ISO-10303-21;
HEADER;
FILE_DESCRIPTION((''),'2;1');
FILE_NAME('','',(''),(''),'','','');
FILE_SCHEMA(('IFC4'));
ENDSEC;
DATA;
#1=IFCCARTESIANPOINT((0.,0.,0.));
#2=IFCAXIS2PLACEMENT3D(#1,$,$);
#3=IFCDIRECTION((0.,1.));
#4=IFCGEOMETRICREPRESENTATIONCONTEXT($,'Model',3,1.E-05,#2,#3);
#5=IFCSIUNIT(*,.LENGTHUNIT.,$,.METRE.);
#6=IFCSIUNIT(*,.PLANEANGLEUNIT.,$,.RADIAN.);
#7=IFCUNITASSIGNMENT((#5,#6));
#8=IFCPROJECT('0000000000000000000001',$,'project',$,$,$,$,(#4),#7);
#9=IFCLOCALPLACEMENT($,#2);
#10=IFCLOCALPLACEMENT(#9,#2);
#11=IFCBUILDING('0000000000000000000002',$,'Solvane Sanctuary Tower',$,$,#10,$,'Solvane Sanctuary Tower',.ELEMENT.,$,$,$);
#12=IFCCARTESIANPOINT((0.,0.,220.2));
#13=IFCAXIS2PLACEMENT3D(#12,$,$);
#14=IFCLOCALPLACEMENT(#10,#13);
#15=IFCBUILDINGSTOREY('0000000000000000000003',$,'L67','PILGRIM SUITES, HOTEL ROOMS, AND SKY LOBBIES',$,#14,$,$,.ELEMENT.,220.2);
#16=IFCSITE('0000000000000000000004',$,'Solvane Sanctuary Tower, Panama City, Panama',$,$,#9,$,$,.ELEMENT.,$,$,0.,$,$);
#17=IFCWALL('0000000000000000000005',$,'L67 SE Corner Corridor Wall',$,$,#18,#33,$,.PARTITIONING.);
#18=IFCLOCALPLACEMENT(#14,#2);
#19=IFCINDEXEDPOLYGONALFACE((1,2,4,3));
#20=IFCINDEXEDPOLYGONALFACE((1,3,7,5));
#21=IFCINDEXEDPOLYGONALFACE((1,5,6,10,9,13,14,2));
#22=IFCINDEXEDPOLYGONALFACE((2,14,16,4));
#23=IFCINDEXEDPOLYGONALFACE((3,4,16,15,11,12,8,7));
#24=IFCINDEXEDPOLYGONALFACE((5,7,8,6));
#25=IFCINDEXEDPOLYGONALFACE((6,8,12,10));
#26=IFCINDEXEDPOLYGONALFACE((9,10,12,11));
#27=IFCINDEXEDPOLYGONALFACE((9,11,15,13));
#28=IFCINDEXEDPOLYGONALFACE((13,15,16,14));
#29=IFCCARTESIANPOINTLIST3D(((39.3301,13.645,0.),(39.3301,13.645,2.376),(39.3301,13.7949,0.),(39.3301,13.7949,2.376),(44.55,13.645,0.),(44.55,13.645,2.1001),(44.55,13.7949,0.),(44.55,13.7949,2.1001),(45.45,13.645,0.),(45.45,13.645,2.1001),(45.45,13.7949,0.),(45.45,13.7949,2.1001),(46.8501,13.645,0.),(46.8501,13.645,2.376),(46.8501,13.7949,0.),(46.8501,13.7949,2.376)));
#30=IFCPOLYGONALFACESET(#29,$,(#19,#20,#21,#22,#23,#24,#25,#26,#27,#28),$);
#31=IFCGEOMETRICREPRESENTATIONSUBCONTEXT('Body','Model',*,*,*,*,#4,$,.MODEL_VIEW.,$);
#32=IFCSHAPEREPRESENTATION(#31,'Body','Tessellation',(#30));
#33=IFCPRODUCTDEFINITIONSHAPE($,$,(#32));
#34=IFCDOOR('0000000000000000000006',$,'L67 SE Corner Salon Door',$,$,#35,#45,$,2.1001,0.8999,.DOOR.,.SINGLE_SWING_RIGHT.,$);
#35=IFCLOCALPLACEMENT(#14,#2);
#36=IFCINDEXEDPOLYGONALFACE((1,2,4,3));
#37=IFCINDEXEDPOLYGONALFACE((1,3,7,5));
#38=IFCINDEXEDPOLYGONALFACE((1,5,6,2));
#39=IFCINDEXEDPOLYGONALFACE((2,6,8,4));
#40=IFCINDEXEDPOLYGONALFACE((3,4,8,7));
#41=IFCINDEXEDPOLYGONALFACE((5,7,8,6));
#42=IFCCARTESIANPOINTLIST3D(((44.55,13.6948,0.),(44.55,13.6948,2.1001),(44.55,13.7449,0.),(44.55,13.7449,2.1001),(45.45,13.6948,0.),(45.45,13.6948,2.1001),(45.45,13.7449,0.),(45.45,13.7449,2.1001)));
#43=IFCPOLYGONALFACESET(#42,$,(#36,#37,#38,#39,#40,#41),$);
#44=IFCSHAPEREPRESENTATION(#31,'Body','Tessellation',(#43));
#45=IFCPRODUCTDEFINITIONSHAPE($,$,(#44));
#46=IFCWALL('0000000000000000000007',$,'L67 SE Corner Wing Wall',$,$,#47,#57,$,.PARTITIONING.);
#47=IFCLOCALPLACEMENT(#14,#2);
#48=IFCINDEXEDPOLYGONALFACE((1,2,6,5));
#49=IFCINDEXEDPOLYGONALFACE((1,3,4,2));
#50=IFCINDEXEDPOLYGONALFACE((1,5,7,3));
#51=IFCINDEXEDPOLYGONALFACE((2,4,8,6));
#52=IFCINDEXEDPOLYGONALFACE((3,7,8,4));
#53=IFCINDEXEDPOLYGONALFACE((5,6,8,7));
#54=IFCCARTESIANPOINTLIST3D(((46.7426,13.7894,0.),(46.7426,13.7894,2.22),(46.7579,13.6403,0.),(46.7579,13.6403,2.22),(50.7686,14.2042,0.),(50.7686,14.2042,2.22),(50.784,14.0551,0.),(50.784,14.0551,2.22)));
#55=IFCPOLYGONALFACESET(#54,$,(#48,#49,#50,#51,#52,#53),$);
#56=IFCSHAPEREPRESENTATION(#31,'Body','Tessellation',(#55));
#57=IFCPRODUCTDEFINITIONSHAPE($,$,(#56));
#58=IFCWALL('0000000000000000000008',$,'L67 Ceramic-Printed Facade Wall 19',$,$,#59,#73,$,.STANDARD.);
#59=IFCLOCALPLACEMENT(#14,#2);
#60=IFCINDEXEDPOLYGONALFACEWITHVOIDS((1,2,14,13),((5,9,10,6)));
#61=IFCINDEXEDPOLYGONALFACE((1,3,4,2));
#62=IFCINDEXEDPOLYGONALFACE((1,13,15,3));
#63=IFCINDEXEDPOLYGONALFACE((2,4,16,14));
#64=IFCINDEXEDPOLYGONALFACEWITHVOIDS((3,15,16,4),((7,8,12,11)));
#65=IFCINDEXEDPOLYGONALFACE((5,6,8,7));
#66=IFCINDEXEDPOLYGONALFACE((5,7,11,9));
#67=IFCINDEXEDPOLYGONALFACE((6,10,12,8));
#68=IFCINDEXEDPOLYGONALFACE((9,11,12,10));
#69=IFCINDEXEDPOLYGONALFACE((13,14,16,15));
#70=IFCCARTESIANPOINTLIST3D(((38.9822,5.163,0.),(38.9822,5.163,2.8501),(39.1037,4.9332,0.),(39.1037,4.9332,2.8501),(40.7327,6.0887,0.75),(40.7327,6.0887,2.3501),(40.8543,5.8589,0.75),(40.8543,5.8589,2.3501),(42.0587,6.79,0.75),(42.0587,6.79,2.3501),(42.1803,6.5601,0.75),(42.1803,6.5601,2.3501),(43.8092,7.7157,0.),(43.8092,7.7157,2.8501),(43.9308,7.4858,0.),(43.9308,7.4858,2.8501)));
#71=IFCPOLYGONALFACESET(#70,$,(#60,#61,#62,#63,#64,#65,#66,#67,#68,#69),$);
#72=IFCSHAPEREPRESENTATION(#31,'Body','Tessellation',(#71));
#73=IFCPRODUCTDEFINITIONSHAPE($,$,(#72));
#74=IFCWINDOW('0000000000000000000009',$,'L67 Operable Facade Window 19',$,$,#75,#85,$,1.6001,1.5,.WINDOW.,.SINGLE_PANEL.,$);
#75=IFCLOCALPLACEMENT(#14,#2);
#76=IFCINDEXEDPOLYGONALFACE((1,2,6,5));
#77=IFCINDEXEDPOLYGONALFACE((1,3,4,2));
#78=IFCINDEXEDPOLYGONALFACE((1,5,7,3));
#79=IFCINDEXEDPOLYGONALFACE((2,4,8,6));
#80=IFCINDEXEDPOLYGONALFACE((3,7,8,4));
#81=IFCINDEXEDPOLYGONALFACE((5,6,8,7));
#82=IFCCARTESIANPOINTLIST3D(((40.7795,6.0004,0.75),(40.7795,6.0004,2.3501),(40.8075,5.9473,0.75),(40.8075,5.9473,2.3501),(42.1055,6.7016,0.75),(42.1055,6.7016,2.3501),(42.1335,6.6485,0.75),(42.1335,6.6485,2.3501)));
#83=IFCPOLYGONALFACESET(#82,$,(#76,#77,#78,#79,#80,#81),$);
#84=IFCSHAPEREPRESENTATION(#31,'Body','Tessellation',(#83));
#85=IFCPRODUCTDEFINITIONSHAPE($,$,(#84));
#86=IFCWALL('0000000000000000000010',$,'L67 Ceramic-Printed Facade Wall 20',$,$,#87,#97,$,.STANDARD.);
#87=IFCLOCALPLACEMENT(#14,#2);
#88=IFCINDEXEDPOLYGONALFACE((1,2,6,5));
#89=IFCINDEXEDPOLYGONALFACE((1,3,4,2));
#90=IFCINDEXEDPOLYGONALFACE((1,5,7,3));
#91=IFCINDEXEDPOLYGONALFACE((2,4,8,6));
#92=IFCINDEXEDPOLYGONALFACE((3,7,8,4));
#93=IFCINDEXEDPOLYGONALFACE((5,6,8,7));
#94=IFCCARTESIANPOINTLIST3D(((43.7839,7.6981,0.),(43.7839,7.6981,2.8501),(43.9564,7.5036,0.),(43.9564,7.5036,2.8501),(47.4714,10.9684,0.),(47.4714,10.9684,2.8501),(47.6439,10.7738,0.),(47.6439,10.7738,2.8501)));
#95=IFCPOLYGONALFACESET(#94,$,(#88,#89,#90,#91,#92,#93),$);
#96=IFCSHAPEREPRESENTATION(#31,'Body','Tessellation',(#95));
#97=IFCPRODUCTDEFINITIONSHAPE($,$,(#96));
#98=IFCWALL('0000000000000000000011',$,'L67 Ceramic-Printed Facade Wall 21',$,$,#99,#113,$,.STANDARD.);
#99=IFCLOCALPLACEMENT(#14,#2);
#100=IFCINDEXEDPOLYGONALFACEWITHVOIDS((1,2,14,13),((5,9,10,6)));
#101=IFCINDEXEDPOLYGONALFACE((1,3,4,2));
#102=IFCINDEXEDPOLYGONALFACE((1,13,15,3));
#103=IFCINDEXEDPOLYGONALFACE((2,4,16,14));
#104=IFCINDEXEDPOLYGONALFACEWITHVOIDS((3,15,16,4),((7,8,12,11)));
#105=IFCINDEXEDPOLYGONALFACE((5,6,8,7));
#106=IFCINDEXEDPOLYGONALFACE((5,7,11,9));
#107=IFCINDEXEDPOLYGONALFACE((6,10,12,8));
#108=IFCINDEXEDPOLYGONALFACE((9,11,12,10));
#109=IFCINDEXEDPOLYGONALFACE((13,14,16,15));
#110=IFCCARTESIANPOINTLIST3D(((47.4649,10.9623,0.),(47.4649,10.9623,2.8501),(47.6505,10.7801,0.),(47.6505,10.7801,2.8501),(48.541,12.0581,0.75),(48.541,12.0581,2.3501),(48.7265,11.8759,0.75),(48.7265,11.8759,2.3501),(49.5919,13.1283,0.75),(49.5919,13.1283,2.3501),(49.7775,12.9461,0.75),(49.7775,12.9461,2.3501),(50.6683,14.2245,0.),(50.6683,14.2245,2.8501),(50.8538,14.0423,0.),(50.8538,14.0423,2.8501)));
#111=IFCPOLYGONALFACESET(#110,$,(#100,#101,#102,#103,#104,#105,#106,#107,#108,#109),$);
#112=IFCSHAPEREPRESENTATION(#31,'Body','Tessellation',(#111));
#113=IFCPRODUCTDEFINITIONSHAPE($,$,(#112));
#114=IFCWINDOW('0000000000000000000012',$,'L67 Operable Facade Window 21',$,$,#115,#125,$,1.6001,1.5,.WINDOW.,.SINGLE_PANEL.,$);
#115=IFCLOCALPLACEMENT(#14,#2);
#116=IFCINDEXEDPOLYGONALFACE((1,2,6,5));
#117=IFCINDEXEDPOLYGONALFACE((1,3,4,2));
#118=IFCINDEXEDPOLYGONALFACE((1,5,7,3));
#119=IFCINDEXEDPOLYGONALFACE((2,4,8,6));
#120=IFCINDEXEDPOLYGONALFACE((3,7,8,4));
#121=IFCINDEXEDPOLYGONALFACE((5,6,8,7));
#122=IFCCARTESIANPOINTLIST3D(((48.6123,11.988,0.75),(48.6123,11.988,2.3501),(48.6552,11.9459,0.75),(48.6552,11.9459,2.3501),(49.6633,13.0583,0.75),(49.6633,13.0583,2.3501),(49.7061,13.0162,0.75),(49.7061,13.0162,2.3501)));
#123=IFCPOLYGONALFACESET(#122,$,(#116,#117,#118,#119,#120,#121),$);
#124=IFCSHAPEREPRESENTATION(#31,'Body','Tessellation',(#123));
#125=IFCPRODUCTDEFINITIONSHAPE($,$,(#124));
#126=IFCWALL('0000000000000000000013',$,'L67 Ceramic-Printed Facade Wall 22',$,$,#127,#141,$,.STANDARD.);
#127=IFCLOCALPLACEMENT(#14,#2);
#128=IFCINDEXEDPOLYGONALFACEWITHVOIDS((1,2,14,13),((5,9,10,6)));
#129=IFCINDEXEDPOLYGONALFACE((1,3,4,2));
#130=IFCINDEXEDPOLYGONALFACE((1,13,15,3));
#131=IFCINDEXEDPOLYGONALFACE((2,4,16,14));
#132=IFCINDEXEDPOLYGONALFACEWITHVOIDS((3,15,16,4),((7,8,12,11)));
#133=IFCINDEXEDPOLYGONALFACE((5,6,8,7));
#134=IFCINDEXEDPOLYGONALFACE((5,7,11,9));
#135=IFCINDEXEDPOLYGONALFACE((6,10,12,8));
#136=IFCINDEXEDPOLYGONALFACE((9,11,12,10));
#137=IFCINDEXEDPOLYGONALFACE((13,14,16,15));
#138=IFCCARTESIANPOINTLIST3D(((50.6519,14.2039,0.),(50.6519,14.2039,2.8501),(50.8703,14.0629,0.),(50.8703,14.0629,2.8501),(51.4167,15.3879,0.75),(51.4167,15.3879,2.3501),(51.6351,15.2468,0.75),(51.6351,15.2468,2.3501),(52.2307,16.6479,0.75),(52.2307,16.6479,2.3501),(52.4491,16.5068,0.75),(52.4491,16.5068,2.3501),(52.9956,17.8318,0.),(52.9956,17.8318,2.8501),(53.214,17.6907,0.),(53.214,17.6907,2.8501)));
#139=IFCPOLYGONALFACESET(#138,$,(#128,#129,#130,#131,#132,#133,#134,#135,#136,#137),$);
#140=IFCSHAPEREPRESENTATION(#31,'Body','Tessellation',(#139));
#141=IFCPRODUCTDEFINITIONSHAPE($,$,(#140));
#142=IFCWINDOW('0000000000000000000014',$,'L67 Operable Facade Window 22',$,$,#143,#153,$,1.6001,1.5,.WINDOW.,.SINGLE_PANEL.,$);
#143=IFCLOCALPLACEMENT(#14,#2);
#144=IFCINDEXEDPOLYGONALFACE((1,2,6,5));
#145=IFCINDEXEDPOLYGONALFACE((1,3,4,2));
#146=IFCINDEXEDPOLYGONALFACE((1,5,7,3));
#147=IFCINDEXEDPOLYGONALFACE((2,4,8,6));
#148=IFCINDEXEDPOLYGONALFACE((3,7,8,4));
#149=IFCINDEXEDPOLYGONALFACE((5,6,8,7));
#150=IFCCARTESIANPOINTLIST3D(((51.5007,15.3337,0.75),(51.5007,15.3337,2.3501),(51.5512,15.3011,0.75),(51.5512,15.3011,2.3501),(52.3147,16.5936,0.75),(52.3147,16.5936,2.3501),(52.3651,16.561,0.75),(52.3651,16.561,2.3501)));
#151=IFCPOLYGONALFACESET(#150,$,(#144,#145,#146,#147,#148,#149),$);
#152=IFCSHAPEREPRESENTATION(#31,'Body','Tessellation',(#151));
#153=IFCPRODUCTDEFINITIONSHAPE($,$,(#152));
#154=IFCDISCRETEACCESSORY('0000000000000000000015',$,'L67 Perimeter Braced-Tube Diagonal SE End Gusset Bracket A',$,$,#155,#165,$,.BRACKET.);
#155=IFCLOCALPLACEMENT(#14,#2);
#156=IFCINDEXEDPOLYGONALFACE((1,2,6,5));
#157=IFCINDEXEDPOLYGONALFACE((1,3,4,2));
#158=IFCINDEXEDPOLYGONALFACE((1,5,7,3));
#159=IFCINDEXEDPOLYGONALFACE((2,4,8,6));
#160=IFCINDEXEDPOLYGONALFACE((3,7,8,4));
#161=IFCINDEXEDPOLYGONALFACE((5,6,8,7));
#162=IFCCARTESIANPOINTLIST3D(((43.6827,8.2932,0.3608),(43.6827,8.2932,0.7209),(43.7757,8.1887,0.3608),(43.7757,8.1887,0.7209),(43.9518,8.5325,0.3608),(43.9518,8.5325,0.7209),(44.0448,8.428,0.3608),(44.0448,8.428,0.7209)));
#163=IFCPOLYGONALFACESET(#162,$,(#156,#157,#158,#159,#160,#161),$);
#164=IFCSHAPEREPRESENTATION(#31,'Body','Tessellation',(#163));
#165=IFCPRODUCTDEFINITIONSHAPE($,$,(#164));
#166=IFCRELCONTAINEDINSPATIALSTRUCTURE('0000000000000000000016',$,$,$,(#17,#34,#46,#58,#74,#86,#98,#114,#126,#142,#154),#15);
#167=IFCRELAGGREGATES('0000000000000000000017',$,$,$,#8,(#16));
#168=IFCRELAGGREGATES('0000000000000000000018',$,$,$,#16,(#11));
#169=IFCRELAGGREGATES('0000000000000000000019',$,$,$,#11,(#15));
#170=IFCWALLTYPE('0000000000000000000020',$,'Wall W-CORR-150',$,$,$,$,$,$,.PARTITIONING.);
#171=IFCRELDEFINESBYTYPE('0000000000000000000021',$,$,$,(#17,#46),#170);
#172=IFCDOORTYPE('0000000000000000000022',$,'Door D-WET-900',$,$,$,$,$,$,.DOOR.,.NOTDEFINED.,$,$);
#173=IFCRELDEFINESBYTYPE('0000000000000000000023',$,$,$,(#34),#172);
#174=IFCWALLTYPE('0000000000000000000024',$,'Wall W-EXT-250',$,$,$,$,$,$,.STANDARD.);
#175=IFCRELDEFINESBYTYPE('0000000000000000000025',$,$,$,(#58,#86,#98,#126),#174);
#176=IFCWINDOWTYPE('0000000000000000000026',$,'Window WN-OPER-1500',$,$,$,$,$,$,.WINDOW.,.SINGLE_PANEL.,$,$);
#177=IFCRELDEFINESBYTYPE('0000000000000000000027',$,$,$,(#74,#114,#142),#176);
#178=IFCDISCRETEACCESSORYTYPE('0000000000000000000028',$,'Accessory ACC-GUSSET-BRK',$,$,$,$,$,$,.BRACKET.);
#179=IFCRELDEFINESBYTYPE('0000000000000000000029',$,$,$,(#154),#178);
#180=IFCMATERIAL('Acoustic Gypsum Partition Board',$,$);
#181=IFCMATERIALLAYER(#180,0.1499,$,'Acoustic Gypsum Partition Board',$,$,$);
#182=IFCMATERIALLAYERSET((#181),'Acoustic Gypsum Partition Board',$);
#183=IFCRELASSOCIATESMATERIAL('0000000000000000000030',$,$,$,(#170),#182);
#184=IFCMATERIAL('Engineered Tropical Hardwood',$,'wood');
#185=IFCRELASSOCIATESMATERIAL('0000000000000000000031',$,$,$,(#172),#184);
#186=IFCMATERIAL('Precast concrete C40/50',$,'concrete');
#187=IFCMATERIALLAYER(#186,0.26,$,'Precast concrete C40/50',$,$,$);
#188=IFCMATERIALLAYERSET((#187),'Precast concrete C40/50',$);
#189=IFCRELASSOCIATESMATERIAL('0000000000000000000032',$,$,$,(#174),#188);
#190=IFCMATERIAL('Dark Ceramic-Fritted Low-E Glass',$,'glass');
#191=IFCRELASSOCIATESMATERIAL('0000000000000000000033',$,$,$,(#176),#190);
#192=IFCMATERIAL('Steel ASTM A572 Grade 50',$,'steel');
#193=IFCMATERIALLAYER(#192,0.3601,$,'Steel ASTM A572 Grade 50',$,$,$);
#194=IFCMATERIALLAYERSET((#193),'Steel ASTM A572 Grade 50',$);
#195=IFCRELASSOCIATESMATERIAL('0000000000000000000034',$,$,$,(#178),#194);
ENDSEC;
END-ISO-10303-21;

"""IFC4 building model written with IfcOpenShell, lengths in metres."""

from ifc_helpers import new_model, si_unit, direction, frame, frame_2d, origin, origin_2d, place, context, subcontext, project, spatial, rectangle, extrude, material, layer, layer_set, type_object, element, fill, save


model = new_model("IFC4")

# Units and contexts
model_context = context("Model", 3, precision=1e-05, world=origin(), true_north=direction((0.0, 1.0)))
body_context = subcontext(model_context, "Body", "Model", "MODEL_VIEW")
ifc_project = project(units=[si_unit("LENGTHUNIT", "METRE"), si_unit("PLANEANGLEUNIT", "RADIAN")], contexts=[model_context])

# Site, building, storey
site_placement = place(None, origin())
site = spatial("IfcSite", under=ifc_project, at=site_placement, Name="Solvane Sanctuary Tower, Panama City, Panama", CompositionType="ELEMENT", RefElevation=0.0)
building_placement = place(site_placement, origin())
building = spatial("IfcBuilding", under=site, at=building_placement, Name="Solvane Sanctuary Tower", LongName="Solvane Sanctuary Tower", CompositionType="ELEMENT")
storey_placement = place(building_placement, frame((0.0, 0.0, 220.2)))
storey = spatial("IfcBuildingStorey", under=building, at=storey_placement, Name="L67", Description="PILGRIM SUITES, HOTEL ROOMS, AND SKY LOBBIES", CompositionType="ELEMENT", Elevation=220.2)

# Wall, opening, door
ifc_material_1 = material(Name="Acoustic Gypsum Partition Board")
ifc_layer_1 = layer(ifc_material_1, 0.1499, Name="Acoustic Gypsum Partition Board")
ifc_layer_set_1 = layer_set([ifc_layer_1], Name="Acoustic Gypsum Partition Board")
wall_type_1 = type_object("IfcWallType", Name="Wall W-CORR-150", PredefinedType="PARTITIONING", material=ifc_layer_set_1)
wall_1_placement = place(storey_placement, frame((39.3301, 13.72, 0.0), z_axis=(0.0, 0.0, 1.0), x_axis=(1.0, 0.0, 0.0)))
wall_1 = element("IfcWall", 1, at=wall_1_placement, inside=storey, type_object=wall_type_1, Name="L67 SE Corner Corridor Wall", PredefinedType="PARTITIONING", context=body_context, shape_type="SweptSolid", body=[
    extrude(rectangle(XDim=7.52, YDim=0.1499, at=frame_2d((3.76, 0.0))), origin(), (0.0, 0.0, 1.0), 2.376),
])
opening_1_placement = place(wall_1_placement, frame((5.22, 0.0, 0.0)))
opening_1 = element("IfcOpeningElement", 2, at=opening_1_placement, cuts=wall_1, PredefinedType="OPENING", context=body_context, shape_type="SweptSolid", body=[
    extrude(rectangle(XDim=0.8999, YDim=2.1001, at=frame_2d((0.45, 1.05))), frame((0.0, 0.085, 0.0), z_axis=(0.0, -1.0, 0.0), x_axis=(1.0, 0.0, 0.0)), (0.0, 0.0, 1.0), 0.1699),
])
ifc_material_2 = material(Name="Engineered Tropical Hardwood", Category="wood")
door_type = type_object("IfcDoorType", Name="Door D-WET-900", OperationType="NOTDEFINED", PredefinedType="DOOR", material=ifc_material_2)
door_placement = place(opening_1_placement, origin())
door = element("IfcDoor", 3, at=door_placement, inside=storey, type_object=door_type, Name="L67 SE Corner Salon Door", OperationType="SINGLE_SWING_RIGHT", OverallHeight=2.1001, OverallWidth=0.8999, PredefinedType="DOOR", context=body_context, shape_type="SweptSolid", body=[
    extrude(rectangle(XDim=0.8999, YDim=2.1001, at=frame_2d((0.45, 1.05))), frame((0.0, 0.0249, 0.0), z_axis=(0.0, -1.0, 0.0), x_axis=(1.0, 0.0, 0.0)), (0.0, 0.0, 1.0), 0.05),
])
fill(opening_1, door)

# Wall
wall_2_placement = place(storey_placement, frame((46.7502, 13.7148, 0.0), z_axis=(0.0, 0.0, 1.0), x_axis=(0.994735, 0.102483, 0.0)))
element("IfcWall", 4, at=wall_2_placement, inside=storey, type_object=wall_type_1, Name="L67 SE Corner Wing Wall", PredefinedType="PARTITIONING", context=body_context, shape_type="SweptSolid", body=[
    extrude(rectangle(XDim=4.0474, YDim=0.1499, at=frame_2d((2.0237, 0.0))), origin(), (0.0, 0.0, 1.0), 2.22),
])

# Wall, opening, window
ifc_material_3 = material(Name="Precast concrete C40/50", Category="concrete")
ifc_layer_2 = layer(ifc_material_3, 0.26, Name="Precast concrete C40/50")
ifc_layer_set_2 = layer_set([ifc_layer_2], Name="Precast concrete C40/50")
wall_type_2 = type_object("IfcWallType", Name="Wall W-EXT-250", PredefinedType="STANDARD", material=ifc_layer_set_2)
wall_3_placement = place(storey_placement, frame((39.043, 5.0481, 0.0), z_axis=(0.0, 0.0, 1.0), x_axis=(0.884001, 0.467485, 0.0)))
wall_3 = element("IfcWall", 5, at=wall_3_placement, inside=storey, type_object=wall_type_2, Name="L67 Ceramic-Printed Facade Wall 19", PredefinedType="STANDARD", context=body_context, shape_type="SweptSolid", body=[
    extrude(rectangle(XDim=5.4604, YDim=0.26, at=frame_2d((2.7302, 0.0))), origin(), (0.0, 0.0, 1.0), 2.8501),
])
opening_2_placement = place(wall_3_placement, frame((1.9802, 0.0, 0.75)))
opening_2 = element("IfcOpeningElement", 6, at=opening_2_placement, cuts=wall_3, PredefinedType="OPENING", context=body_context, shape_type="SweptSolid", body=[
    extrude(rectangle(XDim=1.5, YDim=1.6001, at=frame_2d((0.75, 0.8))), frame((0.0, 0.1399, 0.0), z_axis=(0.0, -1.0, 0.0), x_axis=(1.0, 0.0, 0.0)), (0.0, 0.0, 1.0), 0.28),
])
ifc_material_4 = material(Name="Dark Ceramic-Fritted Low-E Glass", Category="glass")
window_type = type_object("IfcWindowType", Name="Window WN-OPER-1500", PartitioningType="SINGLE_PANEL", PredefinedType="WINDOW", material=ifc_material_4)
window_1_placement = place(opening_2_placement, origin())
window_1 = element("IfcWindow", 7, at=window_1_placement, inside=storey, type_object=window_type, Name="L67 Operable Facade Window 19", OverallHeight=1.6001, OverallWidth=1.5, PartitioningType="SINGLE_PANEL", PredefinedType="WINDOW", context=body_context, shape_type="SweptSolid", body=[
    extrude(rectangle(XDim=1.5, YDim=1.6001, at=frame_2d((0.75, 0.8))), frame((0.0, 0.03, 0.0), z_axis=(0.0, -1.0, 0.0), x_axis=(1.0, 0.0, 0.0)), (0.0, 0.0, 1.0), 0.0601),
])
fill(opening_2, window_1)

# Wall
wall_4_placement = place(storey_placement, frame((43.8701, 7.6008, 0.0), z_axis=(0.0, 0.0, 1.0), x_axis=(0.748166, 0.663512, 0.0)))
element("IfcWall", 8, at=wall_4_placement, inside=storey, type_object=wall_type_2, Name="L67 Ceramic-Printed Facade Wall 20", PredefinedType="STANDARD", context=body_context, shape_type="SweptSolid", body=[
    extrude(rectangle(XDim=4.9287, YDim=0.26, at=frame_2d((2.4644, 0.0))), origin(), (0.0, 0.0, 1.0), 2.8501),
])

# Walls, openings, windows
wall_5_placement = place(storey_placement, frame((47.5576, 10.8711, 0.0), z_axis=(0.0, 0.0, 1.0), x_axis=(0.700643, 0.713512, 0.0)))
wall_5 = element("IfcWall", 9, at=wall_5_placement, inside=storey, type_object=wall_type_2, Name="L67 Ceramic-Printed Facade Wall 21", PredefinedType="STANDARD", context=body_context, shape_type="SweptSolid", body=[
    extrude(rectangle(XDim=4.572, YDim=0.26, at=frame_2d((2.2861, 0.0))), origin(), (0.0, 0.0, 1.0), 2.8501),
])
opening_3_placement = place(wall_5_placement, frame((1.5359, 0.0, 0.75)))
opening_3 = element("IfcOpeningElement", 10, at=opening_3_placement, cuts=wall_5, PredefinedType="OPENING", context=body_context, shape_type="SweptSolid", body=[
    extrude(rectangle(XDim=1.5, YDim=1.6001, at=frame_2d((0.75, 0.8))), frame((0.0, 0.1399, 0.0), z_axis=(0.0, -1.0, 0.0), x_axis=(1.0, 0.0, 0.0)), (0.0, 0.0, 1.0), 0.28),
])
window_2_placement = place(opening_3_placement, origin())
window_2 = element("IfcWindow", 11, at=window_2_placement, inside=storey, type_object=window_type, Name="L67 Operable Facade Window 21", OverallHeight=1.6001, OverallWidth=1.5, PartitioningType="SINGLE_PANEL", PredefinedType="WINDOW", context=body_context, shape_type="SweptSolid", body=[
    extrude(rectangle(XDim=1.5, YDim=1.6001, at=frame_2d((0.75, 0.8))), frame((0.0, 0.03, 0.0), z_axis=(0.0, -1.0, 0.0), x_axis=(1.0, 0.0, 0.0)), (0.0, 0.0, 1.0), 0.0601),
])
fill(opening_3, window_2)
wall_6_placement = place(storey_placement, frame((50.761, 14.1333, 0.0), z_axis=(0.0, 0.0, 1.0), x_axis=(0.542642, 0.839964, 0.0)))
wall_6 = element("IfcWall", 12, at=wall_6_placement, inside=storey, type_object=wall_type_2, Name="L67 Ceramic-Printed Facade Wall 22", PredefinedType="STANDARD", context=body_context, shape_type="SweptSolid", body=[
    extrude(rectangle(XDim=4.3191, YDim=0.26, at=frame_2d((2.1597, 0.0))), origin(), (0.0, 0.0, 1.0), 2.8501),
])
opening_4_placement = place(wall_6_placement, frame((1.4097, 0.0, 0.75)))
opening_4 = element("IfcOpeningElement", 13, at=opening_4_placement, cuts=wall_6, PredefinedType="OPENING", context=body_context, shape_type="SweptSolid", body=[
    extrude(rectangle(XDim=1.5, YDim=1.6001, at=frame_2d((0.75, 0.8))), frame((0.0, 0.1399, 0.0), z_axis=(0.0, -1.0, 0.0), x_axis=(1.0, 0.0, 0.0)), (0.0, 0.0, 1.0), 0.28),
])
window_3_placement = place(opening_4_placement, origin())
window_3 = element("IfcWindow", 14, at=window_3_placement, inside=storey, type_object=window_type, Name="L67 Operable Facade Window 22", OverallHeight=1.6001, OverallWidth=1.5, PartitioningType="SINGLE_PANEL", PredefinedType="WINDOW", context=body_context, shape_type="SweptSolid", body=[
    extrude(rectangle(XDim=1.5, YDim=1.6001, at=frame_2d((0.75, 0.8))), frame((0.0, 0.03, 0.0), z_axis=(0.0, -1.0, 0.0), x_axis=(1.0, 0.0, 0.0)), (0.0, 0.0, 1.0), 0.0601),
])
fill(opening_4, window_3)

# Discrete accessory
ifc_material_5 = material(Name="Steel ASTM A572 Grade 50", Category="steel")
ifc_layer_3 = layer(ifc_material_5, 0.3601, Name="Steel ASTM A572 Grade 50")
ifc_layer_set_3 = layer_set([ifc_layer_3], Name="Steel ASTM A572 Grade 50")
discrete_accessory_type = type_object("IfcDiscreteAccessoryType", Name="Accessory ACC-GUSSET-BRK", PredefinedType="BRACKET", material=ifc_layer_set_3)
for number, where, z_axis, x_axis, name in (
    (15, (43.8638, 8.3606, 0.3608), (0.0, 0.0, 1.0), (0.747218, 0.664579, 0.0), "L67 Perimeter Braced-Tube Diagonal SE End Gusset Bracket A"),
):
    element("IfcDiscreteAccessory", number, at=place(storey_placement, frame(where, z_axis=z_axis, x_axis=x_axis)), inside=storey, type_object=discrete_accessory_type, Name=name, PredefinedType="BRACKET", context=body_context, shape_type="SweptSolid", body=[
        extrude(rectangle(XDim=0.3601, YDim=0.1399, at=origin_2d()), origin(), (0.0, 0.0, 1.0), 0.3601),
    ])

save(model, "model.ifc")
